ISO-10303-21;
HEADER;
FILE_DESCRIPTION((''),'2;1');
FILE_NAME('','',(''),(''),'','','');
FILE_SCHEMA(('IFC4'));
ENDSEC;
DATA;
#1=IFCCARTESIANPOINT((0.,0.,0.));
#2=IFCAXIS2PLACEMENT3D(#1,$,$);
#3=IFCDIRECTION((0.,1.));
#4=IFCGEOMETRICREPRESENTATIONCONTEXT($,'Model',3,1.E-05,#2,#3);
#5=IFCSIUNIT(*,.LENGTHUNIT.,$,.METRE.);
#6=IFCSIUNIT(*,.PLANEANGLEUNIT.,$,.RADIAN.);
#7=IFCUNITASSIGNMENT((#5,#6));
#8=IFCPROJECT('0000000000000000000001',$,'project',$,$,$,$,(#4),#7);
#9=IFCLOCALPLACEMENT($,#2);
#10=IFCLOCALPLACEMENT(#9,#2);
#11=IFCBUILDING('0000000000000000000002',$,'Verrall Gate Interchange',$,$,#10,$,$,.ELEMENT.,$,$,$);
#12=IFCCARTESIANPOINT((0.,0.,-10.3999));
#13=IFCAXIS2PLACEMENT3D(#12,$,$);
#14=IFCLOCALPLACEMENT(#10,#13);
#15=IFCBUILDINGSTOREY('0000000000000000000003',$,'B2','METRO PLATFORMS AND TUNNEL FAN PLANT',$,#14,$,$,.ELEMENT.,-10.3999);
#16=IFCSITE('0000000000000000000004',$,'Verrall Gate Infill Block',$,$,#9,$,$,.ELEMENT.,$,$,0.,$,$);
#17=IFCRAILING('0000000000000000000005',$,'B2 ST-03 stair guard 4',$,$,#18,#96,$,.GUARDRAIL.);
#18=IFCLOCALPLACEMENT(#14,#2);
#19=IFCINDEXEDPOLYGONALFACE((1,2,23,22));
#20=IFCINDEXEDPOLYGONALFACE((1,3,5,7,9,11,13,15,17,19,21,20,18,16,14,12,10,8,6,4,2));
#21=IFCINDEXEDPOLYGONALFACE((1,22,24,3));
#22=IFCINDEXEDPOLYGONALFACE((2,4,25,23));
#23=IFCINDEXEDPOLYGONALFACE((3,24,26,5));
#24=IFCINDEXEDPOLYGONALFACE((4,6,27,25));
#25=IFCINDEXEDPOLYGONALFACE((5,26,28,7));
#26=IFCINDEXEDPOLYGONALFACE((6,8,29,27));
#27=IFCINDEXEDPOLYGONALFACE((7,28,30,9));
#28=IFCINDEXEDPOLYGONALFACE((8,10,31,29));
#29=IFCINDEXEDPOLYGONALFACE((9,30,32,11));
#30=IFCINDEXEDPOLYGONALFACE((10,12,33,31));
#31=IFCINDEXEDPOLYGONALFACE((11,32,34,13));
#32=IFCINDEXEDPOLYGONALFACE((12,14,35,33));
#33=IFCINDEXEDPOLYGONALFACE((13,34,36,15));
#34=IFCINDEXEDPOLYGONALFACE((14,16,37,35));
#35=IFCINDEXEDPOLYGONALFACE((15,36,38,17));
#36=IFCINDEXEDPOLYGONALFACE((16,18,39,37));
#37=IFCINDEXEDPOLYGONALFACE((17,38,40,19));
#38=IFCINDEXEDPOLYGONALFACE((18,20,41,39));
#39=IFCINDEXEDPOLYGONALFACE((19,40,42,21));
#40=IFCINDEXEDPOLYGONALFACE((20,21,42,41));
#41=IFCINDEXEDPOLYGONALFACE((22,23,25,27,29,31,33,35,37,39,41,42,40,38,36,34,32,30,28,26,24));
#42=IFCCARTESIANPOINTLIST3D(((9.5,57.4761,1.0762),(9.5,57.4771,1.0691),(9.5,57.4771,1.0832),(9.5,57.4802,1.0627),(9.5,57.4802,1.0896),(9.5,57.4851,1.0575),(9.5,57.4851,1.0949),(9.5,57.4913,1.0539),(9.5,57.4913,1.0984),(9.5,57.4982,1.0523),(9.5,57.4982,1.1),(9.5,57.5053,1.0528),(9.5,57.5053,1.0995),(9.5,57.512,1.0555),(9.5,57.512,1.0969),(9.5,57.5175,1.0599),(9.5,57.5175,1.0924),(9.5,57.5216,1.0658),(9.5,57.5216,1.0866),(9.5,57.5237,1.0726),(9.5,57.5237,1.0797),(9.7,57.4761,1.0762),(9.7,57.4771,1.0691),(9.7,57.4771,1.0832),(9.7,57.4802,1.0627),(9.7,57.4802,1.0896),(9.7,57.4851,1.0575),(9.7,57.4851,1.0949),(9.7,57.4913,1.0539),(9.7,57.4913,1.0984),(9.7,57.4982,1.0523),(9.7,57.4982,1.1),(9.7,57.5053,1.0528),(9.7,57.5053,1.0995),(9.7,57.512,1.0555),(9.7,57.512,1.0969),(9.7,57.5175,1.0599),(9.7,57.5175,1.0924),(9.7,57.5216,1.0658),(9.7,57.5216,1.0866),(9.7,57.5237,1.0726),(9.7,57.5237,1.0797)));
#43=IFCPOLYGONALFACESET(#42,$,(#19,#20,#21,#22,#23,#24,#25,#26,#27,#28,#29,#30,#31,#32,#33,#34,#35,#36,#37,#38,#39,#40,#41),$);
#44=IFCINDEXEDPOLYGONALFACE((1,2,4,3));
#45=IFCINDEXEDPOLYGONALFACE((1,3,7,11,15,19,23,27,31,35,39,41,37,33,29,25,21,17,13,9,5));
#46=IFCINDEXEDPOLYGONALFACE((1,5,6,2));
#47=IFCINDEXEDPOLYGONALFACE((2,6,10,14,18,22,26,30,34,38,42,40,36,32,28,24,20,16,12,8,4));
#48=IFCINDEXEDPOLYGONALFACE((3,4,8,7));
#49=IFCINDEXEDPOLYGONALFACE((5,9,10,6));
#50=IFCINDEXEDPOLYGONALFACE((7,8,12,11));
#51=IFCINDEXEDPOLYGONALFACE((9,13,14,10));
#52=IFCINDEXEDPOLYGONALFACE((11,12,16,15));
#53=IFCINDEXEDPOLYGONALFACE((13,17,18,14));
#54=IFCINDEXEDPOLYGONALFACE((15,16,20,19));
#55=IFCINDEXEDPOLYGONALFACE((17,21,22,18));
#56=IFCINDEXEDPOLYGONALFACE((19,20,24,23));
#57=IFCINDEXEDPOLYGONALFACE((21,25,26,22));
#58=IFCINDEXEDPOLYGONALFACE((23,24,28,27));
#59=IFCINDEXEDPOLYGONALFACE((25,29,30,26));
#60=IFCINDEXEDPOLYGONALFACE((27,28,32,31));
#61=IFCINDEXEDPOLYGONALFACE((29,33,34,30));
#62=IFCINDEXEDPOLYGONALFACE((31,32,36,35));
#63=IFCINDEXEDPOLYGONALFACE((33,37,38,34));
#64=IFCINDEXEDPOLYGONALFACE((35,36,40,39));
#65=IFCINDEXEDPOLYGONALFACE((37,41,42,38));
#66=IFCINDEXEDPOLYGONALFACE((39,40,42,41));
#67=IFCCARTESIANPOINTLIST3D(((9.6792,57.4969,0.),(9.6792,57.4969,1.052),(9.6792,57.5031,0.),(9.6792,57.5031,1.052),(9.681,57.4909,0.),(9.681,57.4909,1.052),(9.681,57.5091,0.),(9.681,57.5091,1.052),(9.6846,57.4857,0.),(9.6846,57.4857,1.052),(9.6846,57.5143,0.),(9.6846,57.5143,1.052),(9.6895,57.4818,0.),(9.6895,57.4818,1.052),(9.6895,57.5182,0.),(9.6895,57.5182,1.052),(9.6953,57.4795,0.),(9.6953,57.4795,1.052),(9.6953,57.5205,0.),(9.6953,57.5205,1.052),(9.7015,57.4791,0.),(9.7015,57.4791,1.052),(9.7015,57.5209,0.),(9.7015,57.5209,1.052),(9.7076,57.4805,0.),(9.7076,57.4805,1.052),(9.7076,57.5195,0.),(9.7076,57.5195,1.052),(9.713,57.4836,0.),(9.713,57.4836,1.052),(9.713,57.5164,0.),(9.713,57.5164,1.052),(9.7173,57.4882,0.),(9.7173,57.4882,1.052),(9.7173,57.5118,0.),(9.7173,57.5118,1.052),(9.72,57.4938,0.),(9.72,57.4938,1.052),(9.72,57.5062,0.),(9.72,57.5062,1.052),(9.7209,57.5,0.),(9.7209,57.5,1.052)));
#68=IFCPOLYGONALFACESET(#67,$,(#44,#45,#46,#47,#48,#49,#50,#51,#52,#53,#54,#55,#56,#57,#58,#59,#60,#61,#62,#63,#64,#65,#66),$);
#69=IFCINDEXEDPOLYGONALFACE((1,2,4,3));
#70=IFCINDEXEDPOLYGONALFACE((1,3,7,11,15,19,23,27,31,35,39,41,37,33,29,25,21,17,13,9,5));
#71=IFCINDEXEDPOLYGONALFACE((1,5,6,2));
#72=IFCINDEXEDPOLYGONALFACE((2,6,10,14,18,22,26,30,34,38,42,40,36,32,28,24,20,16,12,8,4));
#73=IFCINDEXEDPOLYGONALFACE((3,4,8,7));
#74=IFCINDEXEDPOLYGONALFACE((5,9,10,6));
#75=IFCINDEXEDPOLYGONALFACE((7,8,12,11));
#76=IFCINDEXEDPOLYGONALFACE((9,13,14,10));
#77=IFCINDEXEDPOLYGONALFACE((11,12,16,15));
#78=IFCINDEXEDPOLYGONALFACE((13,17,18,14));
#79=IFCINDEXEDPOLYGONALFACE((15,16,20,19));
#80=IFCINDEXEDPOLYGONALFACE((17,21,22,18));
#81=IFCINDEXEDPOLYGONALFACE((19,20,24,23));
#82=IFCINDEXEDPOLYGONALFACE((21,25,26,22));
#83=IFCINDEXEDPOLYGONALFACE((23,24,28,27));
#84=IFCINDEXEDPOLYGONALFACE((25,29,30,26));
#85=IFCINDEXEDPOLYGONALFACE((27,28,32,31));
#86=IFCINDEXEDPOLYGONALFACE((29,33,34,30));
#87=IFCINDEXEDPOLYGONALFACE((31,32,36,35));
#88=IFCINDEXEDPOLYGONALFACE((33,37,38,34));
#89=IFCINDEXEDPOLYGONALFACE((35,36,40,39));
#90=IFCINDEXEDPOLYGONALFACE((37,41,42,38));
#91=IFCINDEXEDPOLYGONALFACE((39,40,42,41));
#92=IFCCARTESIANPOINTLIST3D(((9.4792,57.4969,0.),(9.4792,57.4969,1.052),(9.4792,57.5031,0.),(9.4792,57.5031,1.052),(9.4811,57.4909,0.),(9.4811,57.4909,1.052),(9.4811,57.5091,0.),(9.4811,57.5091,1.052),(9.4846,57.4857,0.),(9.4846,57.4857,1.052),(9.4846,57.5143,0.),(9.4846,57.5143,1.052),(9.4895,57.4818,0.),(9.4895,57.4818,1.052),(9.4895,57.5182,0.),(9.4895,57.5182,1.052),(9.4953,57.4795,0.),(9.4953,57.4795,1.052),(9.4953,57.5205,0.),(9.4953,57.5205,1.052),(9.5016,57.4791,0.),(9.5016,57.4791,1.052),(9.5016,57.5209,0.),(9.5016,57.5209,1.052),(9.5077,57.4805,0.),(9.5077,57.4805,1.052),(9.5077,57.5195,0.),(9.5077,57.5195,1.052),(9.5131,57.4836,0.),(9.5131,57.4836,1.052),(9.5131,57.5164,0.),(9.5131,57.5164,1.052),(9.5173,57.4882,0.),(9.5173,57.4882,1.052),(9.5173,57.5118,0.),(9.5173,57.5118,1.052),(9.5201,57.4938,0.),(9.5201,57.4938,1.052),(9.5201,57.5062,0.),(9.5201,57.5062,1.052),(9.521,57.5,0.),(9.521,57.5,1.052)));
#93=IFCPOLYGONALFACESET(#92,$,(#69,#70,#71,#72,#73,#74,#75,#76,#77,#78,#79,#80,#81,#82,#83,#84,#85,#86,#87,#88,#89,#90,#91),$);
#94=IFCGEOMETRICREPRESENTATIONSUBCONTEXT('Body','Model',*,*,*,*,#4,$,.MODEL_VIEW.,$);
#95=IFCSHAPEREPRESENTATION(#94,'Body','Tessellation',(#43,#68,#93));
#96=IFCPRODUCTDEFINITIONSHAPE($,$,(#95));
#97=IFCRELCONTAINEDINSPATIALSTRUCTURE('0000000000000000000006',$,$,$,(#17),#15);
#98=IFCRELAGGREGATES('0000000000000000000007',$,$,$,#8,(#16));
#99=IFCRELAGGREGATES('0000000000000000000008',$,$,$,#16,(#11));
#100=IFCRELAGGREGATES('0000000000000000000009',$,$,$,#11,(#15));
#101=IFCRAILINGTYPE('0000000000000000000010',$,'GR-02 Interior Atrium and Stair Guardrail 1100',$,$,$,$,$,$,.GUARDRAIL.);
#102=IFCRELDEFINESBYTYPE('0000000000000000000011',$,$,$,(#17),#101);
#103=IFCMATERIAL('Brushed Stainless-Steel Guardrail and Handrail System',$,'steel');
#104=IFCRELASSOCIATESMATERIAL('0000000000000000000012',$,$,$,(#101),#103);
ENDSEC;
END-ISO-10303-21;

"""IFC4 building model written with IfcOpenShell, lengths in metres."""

from ifc_helpers import new_model, si_unit, direction, frame, origin, origin_2d, place, context, subcontext, project, spatial, circle, extrude, material, type_object, element, save


model = new_model("IFC4")

# Units and contexts
model_context = context("Model", 3, precision=1e-05, world=origin(), true_north=direction((0.0, 1.0)))
body_context = subcontext(model_context, "Body", "Model", "MODEL_VIEW")
ifc_project = project(units=[si_unit("LENGTHUNIT", "METRE"), si_unit("PLANEANGLEUNIT", "RADIAN")], contexts=[model_context])

# Site, building, storey
site_placement = place(None, origin())
site = spatial("IfcSite", under=ifc_project, at=site_placement, Name="Verrall Gate Infill Block", CompositionType="ELEMENT", RefElevation=0.0)
building_placement = place(site_placement, origin())
building = spatial("IfcBuilding", under=site, at=building_placement, Name="Verrall Gate Interchange", CompositionType="ELEMENT")
storey_placement = place(building_placement, frame((0.0, 0.0, -10.3999)))
storey = spatial("IfcBuildingStorey", under=building, at=storey_placement, Name="B2", Description="METRO PLATFORMS AND TUNNEL FAN PLANT", CompositionType="ELEMENT", Elevation=-10.3999)

# Railing
ifc_material_1 = material(Name="Brushed Stainless-Steel Guardrail and Handrail System", Category="steel")
railing_type_1 = type_object("IfcRailingType", Name="GR-02 Interior Atrium and Stair Guardrail 1100", PredefinedType="GUARDRAIL", material=ifc_material_1)
railing_1_placement = place(storey_placement, frame((9.7, 57.5, 0.0)))
element("IfcRailing", 1, at=railing_1_placement, inside=storey, type_object=railing_type_1, Name="B2 ST-03 stair guard 4", PredefinedType="GUARDRAIL", context=body_context, shape_type="SweptSolid", body=[
    extrude(circle(Radius=0.0239, at=origin_2d()), frame((0.0, 0.0, 1.0762), z_axis=(-1.0, 0.0, 0.0), x_axis=(0.0, -1.0, 0.0)), (0.0, 0.0, 1.0), 0.2),
    extrude(circle(Radius=0.021, at=origin_2d()), origin(), (0.0, 0.0, 1.0), 1.052),
    extrude(circle(Radius=0.021, at=origin_2d()), frame((-0.2, 0.0, 0.0)), (0.0, 0.0, 1.0), 1.052),
])

save(model, "model.ifc")
